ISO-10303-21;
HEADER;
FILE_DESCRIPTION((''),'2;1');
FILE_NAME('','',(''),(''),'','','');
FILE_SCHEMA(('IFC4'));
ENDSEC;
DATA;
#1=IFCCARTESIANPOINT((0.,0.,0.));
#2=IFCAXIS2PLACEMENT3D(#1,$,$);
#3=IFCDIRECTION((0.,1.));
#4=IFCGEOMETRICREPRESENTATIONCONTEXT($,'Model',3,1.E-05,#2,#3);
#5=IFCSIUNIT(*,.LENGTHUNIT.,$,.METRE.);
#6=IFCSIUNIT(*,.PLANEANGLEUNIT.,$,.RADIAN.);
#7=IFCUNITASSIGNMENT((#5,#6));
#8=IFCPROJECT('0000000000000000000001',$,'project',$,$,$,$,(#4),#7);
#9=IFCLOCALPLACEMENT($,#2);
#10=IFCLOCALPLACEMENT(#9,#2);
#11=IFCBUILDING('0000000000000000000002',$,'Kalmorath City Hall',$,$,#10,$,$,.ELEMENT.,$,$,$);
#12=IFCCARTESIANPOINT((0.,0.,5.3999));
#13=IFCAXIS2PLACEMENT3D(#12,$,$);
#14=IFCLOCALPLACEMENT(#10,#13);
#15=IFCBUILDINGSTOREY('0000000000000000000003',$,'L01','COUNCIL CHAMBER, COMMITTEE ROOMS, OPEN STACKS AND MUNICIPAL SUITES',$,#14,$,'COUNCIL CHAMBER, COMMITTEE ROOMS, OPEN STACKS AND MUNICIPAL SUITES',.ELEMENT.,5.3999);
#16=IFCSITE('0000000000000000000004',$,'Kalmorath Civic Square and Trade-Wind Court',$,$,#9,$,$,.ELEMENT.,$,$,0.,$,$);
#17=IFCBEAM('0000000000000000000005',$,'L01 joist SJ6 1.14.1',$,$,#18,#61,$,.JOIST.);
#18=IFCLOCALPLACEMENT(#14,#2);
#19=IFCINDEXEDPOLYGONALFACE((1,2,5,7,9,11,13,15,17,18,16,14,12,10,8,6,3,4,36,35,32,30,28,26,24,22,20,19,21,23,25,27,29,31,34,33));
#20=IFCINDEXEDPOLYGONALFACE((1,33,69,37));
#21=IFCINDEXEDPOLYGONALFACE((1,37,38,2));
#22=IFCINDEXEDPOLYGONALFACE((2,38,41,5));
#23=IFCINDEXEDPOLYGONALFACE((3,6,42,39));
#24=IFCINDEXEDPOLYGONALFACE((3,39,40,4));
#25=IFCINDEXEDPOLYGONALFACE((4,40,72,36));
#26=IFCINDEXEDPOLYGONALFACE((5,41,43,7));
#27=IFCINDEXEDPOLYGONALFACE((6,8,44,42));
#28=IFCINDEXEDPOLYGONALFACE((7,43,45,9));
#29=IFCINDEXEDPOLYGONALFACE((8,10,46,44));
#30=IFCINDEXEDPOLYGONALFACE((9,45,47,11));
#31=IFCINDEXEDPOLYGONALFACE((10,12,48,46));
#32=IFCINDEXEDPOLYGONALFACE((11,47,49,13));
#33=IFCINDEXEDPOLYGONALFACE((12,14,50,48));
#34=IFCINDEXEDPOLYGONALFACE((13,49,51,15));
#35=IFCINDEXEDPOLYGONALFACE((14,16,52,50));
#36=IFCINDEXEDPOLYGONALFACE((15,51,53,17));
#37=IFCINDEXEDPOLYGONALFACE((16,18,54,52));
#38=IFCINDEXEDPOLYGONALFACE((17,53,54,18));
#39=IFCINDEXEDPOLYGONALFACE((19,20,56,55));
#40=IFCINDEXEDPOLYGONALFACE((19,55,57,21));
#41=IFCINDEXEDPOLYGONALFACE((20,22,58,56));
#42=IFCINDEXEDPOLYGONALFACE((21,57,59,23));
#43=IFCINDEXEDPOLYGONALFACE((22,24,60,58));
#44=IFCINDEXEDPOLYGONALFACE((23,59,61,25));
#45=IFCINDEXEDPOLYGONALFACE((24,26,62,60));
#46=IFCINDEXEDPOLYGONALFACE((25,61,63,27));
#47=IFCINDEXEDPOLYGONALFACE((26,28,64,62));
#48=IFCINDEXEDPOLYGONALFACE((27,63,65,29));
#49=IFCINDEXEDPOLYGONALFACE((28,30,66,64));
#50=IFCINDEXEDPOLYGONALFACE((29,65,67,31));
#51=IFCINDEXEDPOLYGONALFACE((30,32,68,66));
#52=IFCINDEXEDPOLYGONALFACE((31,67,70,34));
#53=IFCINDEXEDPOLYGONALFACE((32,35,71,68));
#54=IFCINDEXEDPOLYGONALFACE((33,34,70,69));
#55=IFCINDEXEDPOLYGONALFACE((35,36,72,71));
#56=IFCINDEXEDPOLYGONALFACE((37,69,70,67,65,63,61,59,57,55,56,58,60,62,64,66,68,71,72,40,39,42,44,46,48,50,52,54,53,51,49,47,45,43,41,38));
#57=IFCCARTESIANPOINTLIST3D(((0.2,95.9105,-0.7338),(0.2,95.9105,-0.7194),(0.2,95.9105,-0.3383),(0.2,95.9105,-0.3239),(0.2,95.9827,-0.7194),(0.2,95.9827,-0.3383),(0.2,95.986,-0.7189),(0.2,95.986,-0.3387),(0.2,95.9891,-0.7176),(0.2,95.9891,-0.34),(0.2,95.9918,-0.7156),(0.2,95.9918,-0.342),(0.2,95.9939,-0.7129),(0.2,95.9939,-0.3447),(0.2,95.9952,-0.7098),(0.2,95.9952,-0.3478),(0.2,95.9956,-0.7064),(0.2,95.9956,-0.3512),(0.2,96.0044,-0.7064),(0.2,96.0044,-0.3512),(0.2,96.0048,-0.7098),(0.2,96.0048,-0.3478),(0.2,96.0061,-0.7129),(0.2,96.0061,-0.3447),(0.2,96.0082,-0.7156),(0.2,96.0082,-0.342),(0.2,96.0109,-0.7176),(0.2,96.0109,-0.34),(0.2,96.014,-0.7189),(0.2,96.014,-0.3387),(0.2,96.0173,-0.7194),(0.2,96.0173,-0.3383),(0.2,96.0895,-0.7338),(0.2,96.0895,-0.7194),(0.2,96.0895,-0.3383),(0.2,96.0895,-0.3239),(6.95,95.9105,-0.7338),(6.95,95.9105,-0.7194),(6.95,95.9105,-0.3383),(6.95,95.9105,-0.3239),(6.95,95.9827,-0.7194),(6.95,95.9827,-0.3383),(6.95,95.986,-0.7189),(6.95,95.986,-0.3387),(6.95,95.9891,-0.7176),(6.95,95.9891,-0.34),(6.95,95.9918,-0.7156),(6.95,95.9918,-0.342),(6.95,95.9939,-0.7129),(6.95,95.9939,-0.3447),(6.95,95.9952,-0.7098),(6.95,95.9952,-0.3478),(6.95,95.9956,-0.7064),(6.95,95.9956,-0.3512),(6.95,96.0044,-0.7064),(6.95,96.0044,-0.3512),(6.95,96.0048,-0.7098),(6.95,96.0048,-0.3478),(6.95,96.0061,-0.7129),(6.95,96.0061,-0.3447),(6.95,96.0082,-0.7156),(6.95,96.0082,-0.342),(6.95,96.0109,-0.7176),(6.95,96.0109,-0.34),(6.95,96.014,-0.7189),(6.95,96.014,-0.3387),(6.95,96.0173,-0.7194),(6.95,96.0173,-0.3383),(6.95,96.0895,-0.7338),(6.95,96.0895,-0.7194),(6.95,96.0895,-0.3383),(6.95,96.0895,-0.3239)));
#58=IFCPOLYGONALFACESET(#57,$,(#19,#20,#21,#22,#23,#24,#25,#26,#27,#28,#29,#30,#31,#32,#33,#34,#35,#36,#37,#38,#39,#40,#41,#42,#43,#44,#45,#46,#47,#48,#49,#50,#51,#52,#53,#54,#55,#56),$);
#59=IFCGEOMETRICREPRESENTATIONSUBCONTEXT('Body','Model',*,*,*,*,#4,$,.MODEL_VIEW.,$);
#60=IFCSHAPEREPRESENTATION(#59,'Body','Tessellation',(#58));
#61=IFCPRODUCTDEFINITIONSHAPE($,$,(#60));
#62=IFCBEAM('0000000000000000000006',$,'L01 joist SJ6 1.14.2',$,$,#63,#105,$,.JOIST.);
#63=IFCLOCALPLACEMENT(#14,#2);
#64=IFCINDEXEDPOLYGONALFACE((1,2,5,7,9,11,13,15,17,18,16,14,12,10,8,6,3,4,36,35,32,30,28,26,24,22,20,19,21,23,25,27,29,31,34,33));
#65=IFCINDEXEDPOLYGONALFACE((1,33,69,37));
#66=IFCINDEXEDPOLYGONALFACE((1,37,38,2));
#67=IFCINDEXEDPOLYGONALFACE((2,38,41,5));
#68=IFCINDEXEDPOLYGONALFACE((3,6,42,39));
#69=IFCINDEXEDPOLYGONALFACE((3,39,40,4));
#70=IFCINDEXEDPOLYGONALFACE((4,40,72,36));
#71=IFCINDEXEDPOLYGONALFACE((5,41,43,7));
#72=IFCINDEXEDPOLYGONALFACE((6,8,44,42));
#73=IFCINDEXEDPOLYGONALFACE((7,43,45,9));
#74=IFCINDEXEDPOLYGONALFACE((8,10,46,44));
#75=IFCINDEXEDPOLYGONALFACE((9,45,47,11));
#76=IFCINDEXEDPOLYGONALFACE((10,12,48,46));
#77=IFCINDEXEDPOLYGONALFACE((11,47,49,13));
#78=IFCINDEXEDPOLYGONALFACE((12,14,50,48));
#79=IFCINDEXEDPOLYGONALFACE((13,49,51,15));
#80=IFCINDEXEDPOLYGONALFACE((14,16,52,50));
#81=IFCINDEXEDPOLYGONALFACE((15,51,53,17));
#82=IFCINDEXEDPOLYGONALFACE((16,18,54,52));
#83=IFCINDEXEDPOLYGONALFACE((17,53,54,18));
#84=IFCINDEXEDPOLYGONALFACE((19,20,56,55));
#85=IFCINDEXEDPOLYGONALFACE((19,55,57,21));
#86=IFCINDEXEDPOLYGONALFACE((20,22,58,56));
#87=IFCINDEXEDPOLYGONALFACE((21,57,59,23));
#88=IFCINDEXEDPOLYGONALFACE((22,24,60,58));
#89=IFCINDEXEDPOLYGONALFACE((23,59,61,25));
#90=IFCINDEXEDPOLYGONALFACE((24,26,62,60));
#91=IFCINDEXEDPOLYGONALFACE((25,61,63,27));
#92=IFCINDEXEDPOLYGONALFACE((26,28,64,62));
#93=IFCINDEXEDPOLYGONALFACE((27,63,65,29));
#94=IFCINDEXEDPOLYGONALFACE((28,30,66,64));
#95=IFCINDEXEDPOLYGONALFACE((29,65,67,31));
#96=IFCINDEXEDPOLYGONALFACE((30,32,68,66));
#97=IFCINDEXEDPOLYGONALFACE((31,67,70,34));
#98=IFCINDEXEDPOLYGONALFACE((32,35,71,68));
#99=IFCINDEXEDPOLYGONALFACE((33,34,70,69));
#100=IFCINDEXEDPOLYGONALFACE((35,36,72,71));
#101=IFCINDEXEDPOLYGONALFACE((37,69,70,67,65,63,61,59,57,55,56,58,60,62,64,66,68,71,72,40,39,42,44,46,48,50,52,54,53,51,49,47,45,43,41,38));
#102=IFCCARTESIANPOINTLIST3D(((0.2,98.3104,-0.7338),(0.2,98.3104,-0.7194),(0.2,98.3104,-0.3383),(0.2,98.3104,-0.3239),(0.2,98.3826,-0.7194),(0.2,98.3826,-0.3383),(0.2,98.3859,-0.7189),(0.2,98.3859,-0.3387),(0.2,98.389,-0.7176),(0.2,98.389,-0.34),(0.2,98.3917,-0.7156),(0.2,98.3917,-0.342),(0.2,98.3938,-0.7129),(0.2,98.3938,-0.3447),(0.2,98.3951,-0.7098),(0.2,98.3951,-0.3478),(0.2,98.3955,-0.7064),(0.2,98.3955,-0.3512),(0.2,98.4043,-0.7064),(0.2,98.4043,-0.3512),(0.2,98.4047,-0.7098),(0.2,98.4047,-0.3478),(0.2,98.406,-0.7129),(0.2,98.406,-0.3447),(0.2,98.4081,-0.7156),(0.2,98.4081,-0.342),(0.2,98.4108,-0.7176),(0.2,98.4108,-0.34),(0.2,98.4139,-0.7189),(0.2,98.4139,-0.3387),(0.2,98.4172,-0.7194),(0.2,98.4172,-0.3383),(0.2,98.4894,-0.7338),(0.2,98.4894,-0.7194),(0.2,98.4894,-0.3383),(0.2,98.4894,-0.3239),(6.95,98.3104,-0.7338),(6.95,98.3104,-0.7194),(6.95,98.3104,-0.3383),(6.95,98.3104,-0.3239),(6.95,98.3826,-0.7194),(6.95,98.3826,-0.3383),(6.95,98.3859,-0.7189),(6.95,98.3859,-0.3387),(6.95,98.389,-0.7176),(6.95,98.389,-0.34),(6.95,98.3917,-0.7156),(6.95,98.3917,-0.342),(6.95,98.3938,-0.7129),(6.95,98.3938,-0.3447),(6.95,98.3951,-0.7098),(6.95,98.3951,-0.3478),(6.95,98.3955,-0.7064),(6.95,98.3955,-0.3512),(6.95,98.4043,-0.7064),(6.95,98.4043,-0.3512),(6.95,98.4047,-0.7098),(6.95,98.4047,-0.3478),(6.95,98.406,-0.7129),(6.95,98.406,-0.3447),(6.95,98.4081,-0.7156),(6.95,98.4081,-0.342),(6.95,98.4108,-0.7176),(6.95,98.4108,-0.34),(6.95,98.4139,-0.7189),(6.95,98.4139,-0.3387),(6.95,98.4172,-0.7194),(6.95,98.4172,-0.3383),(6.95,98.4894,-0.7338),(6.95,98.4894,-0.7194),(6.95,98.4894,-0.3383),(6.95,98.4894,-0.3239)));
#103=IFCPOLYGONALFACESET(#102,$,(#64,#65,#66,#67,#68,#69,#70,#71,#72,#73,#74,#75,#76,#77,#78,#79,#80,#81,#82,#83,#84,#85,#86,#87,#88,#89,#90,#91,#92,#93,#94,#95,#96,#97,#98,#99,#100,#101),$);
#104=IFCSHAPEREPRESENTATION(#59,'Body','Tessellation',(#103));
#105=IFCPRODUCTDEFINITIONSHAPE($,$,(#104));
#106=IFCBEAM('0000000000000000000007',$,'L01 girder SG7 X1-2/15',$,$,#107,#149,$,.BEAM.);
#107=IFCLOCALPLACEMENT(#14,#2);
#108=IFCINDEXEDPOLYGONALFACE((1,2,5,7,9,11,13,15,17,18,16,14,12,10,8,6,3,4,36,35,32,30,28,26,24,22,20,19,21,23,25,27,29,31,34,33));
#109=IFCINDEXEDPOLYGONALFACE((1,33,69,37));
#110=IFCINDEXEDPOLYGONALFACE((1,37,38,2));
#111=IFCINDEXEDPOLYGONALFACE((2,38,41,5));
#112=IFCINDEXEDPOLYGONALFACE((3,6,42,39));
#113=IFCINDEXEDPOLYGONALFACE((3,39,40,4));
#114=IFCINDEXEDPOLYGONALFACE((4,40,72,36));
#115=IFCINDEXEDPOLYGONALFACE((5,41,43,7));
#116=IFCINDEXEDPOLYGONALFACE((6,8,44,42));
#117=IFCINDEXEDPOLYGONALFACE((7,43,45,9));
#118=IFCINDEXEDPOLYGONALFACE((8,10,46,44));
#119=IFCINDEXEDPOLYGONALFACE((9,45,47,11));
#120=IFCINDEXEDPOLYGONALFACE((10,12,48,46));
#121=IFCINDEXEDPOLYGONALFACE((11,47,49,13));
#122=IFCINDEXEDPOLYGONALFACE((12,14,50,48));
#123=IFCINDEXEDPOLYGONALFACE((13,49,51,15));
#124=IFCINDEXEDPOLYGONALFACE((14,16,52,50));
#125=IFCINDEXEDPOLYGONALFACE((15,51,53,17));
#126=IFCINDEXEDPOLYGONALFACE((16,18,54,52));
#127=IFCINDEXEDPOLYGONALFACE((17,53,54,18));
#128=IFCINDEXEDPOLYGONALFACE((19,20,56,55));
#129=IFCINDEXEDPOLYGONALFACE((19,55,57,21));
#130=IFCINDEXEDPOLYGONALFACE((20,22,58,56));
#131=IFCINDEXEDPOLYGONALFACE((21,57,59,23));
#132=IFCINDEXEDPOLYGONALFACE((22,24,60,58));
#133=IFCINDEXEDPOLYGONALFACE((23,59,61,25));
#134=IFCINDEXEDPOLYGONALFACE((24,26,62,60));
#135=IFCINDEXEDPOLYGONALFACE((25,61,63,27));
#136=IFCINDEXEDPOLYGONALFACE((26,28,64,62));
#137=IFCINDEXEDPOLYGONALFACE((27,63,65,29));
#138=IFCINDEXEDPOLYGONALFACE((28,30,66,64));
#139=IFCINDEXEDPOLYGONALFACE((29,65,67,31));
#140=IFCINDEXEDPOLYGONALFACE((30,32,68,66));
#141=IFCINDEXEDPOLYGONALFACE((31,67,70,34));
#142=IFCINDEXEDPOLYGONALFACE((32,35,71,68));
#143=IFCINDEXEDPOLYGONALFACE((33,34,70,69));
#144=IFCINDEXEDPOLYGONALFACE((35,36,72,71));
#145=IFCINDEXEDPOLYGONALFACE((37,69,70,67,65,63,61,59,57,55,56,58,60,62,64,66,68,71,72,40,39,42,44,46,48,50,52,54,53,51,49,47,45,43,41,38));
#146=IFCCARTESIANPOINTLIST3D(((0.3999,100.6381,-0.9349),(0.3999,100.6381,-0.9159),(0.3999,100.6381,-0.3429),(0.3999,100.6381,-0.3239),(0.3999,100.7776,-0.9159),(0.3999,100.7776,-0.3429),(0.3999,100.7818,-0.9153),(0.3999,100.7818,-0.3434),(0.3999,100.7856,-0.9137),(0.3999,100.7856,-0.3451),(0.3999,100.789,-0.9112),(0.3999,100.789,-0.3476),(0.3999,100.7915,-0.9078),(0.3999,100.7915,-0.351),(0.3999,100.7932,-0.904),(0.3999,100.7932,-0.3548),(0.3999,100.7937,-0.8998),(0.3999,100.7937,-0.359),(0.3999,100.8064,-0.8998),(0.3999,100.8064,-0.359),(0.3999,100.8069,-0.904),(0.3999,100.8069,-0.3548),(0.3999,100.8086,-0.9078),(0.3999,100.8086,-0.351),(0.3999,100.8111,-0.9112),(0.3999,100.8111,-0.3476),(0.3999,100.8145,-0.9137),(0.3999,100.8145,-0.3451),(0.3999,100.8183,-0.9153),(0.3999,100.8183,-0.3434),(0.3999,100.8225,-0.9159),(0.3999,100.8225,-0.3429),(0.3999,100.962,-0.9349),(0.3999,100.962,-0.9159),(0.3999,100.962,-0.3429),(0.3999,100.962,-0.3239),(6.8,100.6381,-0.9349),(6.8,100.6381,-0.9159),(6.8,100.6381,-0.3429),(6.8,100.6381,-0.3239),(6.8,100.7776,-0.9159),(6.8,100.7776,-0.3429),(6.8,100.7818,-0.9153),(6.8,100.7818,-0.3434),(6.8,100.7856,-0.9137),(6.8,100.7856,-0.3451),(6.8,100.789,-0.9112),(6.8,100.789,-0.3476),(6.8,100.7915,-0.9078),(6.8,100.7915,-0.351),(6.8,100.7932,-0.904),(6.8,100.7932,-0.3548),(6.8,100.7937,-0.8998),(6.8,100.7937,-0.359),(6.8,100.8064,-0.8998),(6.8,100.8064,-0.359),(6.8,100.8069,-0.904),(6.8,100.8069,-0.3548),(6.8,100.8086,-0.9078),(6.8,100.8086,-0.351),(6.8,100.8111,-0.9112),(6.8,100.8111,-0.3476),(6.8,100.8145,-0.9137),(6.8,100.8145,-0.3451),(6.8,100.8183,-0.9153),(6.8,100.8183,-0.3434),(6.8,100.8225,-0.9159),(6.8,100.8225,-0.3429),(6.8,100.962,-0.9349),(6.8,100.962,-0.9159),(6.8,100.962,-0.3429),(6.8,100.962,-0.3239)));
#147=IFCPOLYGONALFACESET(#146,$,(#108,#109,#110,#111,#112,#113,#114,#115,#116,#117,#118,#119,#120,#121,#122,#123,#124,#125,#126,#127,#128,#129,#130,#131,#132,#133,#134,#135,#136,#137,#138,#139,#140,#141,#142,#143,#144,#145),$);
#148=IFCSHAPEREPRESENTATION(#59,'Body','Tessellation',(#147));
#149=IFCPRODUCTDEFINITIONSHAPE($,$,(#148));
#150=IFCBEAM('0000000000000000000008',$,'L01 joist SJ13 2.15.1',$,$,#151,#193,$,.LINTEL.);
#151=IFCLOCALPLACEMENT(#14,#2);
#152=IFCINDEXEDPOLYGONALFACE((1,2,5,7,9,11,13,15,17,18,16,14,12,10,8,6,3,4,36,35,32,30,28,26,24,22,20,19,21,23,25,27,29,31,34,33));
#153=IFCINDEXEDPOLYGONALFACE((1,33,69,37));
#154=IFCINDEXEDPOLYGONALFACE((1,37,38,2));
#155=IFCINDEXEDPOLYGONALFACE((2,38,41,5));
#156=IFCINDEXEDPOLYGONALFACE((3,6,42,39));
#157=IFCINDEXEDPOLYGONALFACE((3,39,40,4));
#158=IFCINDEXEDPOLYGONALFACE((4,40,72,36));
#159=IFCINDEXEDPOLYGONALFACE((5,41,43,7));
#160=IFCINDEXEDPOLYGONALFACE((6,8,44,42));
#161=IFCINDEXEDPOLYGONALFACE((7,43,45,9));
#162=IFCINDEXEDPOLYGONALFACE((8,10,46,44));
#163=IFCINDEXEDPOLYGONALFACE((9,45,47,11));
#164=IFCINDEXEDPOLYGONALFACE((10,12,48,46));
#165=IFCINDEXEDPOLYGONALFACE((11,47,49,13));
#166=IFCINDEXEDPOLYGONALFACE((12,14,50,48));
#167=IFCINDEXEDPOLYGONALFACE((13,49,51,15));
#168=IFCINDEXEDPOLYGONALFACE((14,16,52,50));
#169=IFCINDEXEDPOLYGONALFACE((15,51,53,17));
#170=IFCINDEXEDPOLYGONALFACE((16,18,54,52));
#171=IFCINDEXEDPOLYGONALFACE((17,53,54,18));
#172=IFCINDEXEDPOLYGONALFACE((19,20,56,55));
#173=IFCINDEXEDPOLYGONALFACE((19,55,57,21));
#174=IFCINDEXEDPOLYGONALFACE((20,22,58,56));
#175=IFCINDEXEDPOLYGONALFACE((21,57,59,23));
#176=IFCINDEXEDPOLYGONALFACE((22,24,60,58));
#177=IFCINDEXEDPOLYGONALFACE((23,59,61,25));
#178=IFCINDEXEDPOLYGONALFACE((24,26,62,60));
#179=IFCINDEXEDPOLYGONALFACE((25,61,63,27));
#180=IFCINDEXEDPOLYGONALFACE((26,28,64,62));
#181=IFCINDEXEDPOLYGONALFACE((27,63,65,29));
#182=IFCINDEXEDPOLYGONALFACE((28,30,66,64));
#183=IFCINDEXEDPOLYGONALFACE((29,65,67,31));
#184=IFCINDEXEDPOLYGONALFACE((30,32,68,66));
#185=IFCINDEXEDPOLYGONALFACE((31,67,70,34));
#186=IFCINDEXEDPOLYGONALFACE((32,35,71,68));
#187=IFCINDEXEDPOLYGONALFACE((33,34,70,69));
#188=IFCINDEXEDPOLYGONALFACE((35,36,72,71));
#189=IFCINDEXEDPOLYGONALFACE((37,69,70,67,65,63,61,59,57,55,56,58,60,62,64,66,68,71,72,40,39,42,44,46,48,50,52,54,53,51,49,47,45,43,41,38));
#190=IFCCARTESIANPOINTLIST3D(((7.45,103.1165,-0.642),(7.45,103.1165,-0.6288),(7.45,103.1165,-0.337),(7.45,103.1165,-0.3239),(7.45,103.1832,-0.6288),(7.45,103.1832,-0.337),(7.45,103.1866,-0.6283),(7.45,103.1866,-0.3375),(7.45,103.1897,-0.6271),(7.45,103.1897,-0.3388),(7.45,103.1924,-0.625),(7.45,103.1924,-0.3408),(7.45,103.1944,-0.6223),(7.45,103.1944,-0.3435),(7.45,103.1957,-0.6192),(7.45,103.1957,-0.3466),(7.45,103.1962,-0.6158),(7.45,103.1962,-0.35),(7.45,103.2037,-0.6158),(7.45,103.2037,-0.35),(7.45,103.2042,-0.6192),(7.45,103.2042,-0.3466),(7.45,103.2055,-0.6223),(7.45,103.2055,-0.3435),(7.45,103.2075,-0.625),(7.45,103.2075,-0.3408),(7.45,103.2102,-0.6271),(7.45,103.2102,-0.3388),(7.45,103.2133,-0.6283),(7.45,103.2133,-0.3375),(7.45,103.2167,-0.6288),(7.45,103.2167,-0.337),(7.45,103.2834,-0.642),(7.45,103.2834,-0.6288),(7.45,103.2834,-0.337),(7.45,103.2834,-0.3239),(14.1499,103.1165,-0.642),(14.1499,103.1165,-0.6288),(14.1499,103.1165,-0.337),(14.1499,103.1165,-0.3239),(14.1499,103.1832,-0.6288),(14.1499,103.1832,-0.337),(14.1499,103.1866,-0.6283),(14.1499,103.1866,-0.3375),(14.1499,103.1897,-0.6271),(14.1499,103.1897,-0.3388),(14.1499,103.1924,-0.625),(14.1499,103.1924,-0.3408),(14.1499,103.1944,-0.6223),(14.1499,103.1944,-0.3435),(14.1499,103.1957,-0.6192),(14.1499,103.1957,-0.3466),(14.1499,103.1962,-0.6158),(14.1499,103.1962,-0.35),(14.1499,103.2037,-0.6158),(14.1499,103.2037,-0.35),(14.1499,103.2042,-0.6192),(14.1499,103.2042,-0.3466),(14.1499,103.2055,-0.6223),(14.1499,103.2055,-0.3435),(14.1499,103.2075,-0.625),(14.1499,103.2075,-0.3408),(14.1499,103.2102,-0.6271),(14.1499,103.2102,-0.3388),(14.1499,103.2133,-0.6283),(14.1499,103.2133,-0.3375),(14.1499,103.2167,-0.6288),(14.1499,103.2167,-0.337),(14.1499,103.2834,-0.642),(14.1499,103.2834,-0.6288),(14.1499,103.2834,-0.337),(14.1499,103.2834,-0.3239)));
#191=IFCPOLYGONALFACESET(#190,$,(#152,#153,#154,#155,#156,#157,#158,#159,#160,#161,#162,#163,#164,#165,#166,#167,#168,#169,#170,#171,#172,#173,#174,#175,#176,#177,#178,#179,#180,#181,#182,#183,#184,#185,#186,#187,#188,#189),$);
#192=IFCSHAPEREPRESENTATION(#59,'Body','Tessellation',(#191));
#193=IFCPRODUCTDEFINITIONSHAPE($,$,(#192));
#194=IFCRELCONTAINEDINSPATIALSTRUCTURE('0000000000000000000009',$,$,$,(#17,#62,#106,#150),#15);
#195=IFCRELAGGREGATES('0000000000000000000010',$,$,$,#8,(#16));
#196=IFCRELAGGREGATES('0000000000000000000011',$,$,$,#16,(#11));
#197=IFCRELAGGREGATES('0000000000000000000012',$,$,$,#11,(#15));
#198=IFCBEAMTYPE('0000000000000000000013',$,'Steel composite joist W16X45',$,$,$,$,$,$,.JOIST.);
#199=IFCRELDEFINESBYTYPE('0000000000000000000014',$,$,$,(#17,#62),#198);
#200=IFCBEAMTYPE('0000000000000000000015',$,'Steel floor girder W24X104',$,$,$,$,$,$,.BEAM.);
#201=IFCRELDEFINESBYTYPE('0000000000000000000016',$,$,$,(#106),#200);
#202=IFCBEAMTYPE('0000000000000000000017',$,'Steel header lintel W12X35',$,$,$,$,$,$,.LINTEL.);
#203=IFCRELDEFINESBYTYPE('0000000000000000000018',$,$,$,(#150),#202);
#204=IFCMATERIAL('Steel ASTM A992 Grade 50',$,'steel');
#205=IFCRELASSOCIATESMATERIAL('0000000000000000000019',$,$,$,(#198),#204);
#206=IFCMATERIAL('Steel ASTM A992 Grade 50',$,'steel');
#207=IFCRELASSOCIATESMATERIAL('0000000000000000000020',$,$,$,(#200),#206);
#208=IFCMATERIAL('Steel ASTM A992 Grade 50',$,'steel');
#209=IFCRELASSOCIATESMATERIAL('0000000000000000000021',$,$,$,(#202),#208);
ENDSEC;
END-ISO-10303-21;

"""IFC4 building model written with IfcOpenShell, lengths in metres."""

from ifc_helpers import new_model, si_unit, direction, frame, origin, origin_2d, place, context, subcontext, project, spatial, i_section, extrude, material, material_profile, profile_set, type_object, element, save


model = new_model("IFC4")

# Units and contexts
model_context = context("Model", 3, precision=1e-05, world=origin(), true_north=direction((0.0, 1.0)))
body_context = subcontext(model_context, "Body", "Model", "MODEL_VIEW")
ifc_project = project(units=[si_unit("LENGTHUNIT", "METRE"), si_unit("PLANEANGLEUNIT", "RADIAN")], contexts=[model_context])

# Site, building, storey
site_placement = place(None, origin())
site = spatial("IfcSite", under=ifc_project, at=site_placement, Name="Kalmorath Civic Square and Trade-Wind Court", CompositionType="ELEMENT", RefElevation=0.0)
building_placement = place(site_placement, origin())
building = spatial("IfcBuilding", under=site, at=building_placement, Name="Kalmorath City Hall", CompositionType="ELEMENT")
storey_placement = place(building_placement, frame((0.0, 0.0, 5.3999)))
storey = spatial("IfcBuildingStorey", under=building, at=storey_placement, Name="L01", Description="COUNCIL CHAMBER, COMMITTEE ROOMS, OPEN STACKS AND MUNICIPAL SUITES", LongName="COUNCIL CHAMBER, COMMITTEE ROOMS, OPEN STACKS AND MUNICIPAL SUITES", CompositionType="ELEMENT", Elevation=5.3999)

# Beams
ifc_material_1 = material(Name="Steel ASTM A992 Grade 50", Category="steel")
ifc_material_profile_1 = material_profile(ifc_material_1, i_section(OverallWidth=0.179, OverallDepth=0.4099, WebThickness=0.0088, FlangeThickness=0.0144, FilletRadius=0.0129, at=origin_2d()), Name="W16X45")
ifc_profile_set_1 = profile_set([ifc_material_profile_1], Name="Steel ASTM A992 Grade 50")
beam_type_1 = type_object("IfcBeamType", Name="Steel composite joist W16X45", PredefinedType="JOIST", material=ifc_profile_set_1)
for number, where, z_axis, x_axis, name in (
    (1, (0.2, 96.0, -0.5288), (1.0, 0.0, 0.0), (0.0, 1.0, 0.0), "L01 joist SJ6 1.14.1"),
    (2, (0.2, 98.3999, -0.5288), (1.0, 0.0, 0.0), (0.0, 1.0, 0.0), "L01 joist SJ6 1.14.2"),
):
    element("IfcBeam", number, at=place(storey_placement, frame(where, z_axis=z_axis, x_axis=x_axis)), inside=storey, type_object=beam_type_1, Name=name, PredefinedType="JOIST", context=body_context, shape_type="SweptSolid", body=[
        extrude(i_section(OverallWidth=0.179, OverallDepth=0.4099, WebThickness=0.0088, FlangeThickness=0.0144, FilletRadius=0.0129, at=origin_2d()), origin(), (0.0, 0.0, 1.0), 6.75),
    ])
ifc_material_2 = material(Name="Steel ASTM A992 Grade 50", Category="steel")
ifc_material_profile_2 = material_profile(ifc_material_2, i_section(OverallWidth=0.324, OverallDepth=0.6111, WebThickness=0.0127, FlangeThickness=0.019, FilletRadius=0.0161, at=origin_2d()), Name="W24X104")
ifc_profile_set_2 = profile_set([ifc_material_profile_2], Name="Steel ASTM A992 Grade 50")
beam_type_2 = type_object("IfcBeamType", Name="Steel floor girder W24X104", PredefinedType="BEAM", material=ifc_profile_set_2)
beam_1_placement = place(storey_placement, frame((0.3999, 100.8, -0.6294), z_axis=(1.0, 0.0, 0.0), x_axis=(0.0, 1.0, 0.0)))
element("IfcBeam", 3, at=beam_1_placement, inside=storey, type_object=beam_type_2, Name="L01 girder SG7 X1-2/15", PredefinedType="BEAM", context=body_context, shape_type="SweptSolid", body=[
    extrude(i_section(OverallWidth=0.324, OverallDepth=0.6111, WebThickness=0.0127, FlangeThickness=0.019, FilletRadius=0.0161, at=origin_2d()), origin(), (0.0, 0.0, 1.0), 6.4001),
])
ifc_material_3 = material(Name="Steel ASTM A992 Grade 50", Category="steel")
ifc_material_profile_3 = material_profile(ifc_material_3, i_section(OverallWidth=0.167, OverallDepth=0.3181, WebThickness=0.0076, FlangeThickness=0.0132, FilletRadius=0.0129, at=origin_2d()), Name="W12X35")
ifc_profile_set_3 = profile_set([ifc_material_profile_3], Name="Steel ASTM A992 Grade 50")
beam_type_3 = type_object("IfcBeamType", Name="Steel header lintel W12X35", PredefinedType="LINTEL", material=ifc_profile_set_3)
for number, where, z_axis, x_axis, name in (
    (4, (7.45, 103.2, -0.4829), (1.0, 0.0, 0.0), (0.0, 1.0, 0.0), "L01 joist SJ13 2.15.1"),
):
    element("IfcBeam", number, at=place(storey_placement, frame(where, z_axis=z_axis, x_axis=x_axis)), inside=storey, type_object=beam_type_3, Name=name, PredefinedType="LINTEL", context=body_context, shape_type="SweptSolid", body=[
        extrude(i_section(OverallWidth=0.167, OverallDepth=0.3181, WebThickness=0.0076, FlangeThickness=0.0132, FilletRadius=0.0129, at=origin_2d()), origin(), (0.0, 0.0, 1.0), 6.7),
    ])

save(model, "model.ifc")
